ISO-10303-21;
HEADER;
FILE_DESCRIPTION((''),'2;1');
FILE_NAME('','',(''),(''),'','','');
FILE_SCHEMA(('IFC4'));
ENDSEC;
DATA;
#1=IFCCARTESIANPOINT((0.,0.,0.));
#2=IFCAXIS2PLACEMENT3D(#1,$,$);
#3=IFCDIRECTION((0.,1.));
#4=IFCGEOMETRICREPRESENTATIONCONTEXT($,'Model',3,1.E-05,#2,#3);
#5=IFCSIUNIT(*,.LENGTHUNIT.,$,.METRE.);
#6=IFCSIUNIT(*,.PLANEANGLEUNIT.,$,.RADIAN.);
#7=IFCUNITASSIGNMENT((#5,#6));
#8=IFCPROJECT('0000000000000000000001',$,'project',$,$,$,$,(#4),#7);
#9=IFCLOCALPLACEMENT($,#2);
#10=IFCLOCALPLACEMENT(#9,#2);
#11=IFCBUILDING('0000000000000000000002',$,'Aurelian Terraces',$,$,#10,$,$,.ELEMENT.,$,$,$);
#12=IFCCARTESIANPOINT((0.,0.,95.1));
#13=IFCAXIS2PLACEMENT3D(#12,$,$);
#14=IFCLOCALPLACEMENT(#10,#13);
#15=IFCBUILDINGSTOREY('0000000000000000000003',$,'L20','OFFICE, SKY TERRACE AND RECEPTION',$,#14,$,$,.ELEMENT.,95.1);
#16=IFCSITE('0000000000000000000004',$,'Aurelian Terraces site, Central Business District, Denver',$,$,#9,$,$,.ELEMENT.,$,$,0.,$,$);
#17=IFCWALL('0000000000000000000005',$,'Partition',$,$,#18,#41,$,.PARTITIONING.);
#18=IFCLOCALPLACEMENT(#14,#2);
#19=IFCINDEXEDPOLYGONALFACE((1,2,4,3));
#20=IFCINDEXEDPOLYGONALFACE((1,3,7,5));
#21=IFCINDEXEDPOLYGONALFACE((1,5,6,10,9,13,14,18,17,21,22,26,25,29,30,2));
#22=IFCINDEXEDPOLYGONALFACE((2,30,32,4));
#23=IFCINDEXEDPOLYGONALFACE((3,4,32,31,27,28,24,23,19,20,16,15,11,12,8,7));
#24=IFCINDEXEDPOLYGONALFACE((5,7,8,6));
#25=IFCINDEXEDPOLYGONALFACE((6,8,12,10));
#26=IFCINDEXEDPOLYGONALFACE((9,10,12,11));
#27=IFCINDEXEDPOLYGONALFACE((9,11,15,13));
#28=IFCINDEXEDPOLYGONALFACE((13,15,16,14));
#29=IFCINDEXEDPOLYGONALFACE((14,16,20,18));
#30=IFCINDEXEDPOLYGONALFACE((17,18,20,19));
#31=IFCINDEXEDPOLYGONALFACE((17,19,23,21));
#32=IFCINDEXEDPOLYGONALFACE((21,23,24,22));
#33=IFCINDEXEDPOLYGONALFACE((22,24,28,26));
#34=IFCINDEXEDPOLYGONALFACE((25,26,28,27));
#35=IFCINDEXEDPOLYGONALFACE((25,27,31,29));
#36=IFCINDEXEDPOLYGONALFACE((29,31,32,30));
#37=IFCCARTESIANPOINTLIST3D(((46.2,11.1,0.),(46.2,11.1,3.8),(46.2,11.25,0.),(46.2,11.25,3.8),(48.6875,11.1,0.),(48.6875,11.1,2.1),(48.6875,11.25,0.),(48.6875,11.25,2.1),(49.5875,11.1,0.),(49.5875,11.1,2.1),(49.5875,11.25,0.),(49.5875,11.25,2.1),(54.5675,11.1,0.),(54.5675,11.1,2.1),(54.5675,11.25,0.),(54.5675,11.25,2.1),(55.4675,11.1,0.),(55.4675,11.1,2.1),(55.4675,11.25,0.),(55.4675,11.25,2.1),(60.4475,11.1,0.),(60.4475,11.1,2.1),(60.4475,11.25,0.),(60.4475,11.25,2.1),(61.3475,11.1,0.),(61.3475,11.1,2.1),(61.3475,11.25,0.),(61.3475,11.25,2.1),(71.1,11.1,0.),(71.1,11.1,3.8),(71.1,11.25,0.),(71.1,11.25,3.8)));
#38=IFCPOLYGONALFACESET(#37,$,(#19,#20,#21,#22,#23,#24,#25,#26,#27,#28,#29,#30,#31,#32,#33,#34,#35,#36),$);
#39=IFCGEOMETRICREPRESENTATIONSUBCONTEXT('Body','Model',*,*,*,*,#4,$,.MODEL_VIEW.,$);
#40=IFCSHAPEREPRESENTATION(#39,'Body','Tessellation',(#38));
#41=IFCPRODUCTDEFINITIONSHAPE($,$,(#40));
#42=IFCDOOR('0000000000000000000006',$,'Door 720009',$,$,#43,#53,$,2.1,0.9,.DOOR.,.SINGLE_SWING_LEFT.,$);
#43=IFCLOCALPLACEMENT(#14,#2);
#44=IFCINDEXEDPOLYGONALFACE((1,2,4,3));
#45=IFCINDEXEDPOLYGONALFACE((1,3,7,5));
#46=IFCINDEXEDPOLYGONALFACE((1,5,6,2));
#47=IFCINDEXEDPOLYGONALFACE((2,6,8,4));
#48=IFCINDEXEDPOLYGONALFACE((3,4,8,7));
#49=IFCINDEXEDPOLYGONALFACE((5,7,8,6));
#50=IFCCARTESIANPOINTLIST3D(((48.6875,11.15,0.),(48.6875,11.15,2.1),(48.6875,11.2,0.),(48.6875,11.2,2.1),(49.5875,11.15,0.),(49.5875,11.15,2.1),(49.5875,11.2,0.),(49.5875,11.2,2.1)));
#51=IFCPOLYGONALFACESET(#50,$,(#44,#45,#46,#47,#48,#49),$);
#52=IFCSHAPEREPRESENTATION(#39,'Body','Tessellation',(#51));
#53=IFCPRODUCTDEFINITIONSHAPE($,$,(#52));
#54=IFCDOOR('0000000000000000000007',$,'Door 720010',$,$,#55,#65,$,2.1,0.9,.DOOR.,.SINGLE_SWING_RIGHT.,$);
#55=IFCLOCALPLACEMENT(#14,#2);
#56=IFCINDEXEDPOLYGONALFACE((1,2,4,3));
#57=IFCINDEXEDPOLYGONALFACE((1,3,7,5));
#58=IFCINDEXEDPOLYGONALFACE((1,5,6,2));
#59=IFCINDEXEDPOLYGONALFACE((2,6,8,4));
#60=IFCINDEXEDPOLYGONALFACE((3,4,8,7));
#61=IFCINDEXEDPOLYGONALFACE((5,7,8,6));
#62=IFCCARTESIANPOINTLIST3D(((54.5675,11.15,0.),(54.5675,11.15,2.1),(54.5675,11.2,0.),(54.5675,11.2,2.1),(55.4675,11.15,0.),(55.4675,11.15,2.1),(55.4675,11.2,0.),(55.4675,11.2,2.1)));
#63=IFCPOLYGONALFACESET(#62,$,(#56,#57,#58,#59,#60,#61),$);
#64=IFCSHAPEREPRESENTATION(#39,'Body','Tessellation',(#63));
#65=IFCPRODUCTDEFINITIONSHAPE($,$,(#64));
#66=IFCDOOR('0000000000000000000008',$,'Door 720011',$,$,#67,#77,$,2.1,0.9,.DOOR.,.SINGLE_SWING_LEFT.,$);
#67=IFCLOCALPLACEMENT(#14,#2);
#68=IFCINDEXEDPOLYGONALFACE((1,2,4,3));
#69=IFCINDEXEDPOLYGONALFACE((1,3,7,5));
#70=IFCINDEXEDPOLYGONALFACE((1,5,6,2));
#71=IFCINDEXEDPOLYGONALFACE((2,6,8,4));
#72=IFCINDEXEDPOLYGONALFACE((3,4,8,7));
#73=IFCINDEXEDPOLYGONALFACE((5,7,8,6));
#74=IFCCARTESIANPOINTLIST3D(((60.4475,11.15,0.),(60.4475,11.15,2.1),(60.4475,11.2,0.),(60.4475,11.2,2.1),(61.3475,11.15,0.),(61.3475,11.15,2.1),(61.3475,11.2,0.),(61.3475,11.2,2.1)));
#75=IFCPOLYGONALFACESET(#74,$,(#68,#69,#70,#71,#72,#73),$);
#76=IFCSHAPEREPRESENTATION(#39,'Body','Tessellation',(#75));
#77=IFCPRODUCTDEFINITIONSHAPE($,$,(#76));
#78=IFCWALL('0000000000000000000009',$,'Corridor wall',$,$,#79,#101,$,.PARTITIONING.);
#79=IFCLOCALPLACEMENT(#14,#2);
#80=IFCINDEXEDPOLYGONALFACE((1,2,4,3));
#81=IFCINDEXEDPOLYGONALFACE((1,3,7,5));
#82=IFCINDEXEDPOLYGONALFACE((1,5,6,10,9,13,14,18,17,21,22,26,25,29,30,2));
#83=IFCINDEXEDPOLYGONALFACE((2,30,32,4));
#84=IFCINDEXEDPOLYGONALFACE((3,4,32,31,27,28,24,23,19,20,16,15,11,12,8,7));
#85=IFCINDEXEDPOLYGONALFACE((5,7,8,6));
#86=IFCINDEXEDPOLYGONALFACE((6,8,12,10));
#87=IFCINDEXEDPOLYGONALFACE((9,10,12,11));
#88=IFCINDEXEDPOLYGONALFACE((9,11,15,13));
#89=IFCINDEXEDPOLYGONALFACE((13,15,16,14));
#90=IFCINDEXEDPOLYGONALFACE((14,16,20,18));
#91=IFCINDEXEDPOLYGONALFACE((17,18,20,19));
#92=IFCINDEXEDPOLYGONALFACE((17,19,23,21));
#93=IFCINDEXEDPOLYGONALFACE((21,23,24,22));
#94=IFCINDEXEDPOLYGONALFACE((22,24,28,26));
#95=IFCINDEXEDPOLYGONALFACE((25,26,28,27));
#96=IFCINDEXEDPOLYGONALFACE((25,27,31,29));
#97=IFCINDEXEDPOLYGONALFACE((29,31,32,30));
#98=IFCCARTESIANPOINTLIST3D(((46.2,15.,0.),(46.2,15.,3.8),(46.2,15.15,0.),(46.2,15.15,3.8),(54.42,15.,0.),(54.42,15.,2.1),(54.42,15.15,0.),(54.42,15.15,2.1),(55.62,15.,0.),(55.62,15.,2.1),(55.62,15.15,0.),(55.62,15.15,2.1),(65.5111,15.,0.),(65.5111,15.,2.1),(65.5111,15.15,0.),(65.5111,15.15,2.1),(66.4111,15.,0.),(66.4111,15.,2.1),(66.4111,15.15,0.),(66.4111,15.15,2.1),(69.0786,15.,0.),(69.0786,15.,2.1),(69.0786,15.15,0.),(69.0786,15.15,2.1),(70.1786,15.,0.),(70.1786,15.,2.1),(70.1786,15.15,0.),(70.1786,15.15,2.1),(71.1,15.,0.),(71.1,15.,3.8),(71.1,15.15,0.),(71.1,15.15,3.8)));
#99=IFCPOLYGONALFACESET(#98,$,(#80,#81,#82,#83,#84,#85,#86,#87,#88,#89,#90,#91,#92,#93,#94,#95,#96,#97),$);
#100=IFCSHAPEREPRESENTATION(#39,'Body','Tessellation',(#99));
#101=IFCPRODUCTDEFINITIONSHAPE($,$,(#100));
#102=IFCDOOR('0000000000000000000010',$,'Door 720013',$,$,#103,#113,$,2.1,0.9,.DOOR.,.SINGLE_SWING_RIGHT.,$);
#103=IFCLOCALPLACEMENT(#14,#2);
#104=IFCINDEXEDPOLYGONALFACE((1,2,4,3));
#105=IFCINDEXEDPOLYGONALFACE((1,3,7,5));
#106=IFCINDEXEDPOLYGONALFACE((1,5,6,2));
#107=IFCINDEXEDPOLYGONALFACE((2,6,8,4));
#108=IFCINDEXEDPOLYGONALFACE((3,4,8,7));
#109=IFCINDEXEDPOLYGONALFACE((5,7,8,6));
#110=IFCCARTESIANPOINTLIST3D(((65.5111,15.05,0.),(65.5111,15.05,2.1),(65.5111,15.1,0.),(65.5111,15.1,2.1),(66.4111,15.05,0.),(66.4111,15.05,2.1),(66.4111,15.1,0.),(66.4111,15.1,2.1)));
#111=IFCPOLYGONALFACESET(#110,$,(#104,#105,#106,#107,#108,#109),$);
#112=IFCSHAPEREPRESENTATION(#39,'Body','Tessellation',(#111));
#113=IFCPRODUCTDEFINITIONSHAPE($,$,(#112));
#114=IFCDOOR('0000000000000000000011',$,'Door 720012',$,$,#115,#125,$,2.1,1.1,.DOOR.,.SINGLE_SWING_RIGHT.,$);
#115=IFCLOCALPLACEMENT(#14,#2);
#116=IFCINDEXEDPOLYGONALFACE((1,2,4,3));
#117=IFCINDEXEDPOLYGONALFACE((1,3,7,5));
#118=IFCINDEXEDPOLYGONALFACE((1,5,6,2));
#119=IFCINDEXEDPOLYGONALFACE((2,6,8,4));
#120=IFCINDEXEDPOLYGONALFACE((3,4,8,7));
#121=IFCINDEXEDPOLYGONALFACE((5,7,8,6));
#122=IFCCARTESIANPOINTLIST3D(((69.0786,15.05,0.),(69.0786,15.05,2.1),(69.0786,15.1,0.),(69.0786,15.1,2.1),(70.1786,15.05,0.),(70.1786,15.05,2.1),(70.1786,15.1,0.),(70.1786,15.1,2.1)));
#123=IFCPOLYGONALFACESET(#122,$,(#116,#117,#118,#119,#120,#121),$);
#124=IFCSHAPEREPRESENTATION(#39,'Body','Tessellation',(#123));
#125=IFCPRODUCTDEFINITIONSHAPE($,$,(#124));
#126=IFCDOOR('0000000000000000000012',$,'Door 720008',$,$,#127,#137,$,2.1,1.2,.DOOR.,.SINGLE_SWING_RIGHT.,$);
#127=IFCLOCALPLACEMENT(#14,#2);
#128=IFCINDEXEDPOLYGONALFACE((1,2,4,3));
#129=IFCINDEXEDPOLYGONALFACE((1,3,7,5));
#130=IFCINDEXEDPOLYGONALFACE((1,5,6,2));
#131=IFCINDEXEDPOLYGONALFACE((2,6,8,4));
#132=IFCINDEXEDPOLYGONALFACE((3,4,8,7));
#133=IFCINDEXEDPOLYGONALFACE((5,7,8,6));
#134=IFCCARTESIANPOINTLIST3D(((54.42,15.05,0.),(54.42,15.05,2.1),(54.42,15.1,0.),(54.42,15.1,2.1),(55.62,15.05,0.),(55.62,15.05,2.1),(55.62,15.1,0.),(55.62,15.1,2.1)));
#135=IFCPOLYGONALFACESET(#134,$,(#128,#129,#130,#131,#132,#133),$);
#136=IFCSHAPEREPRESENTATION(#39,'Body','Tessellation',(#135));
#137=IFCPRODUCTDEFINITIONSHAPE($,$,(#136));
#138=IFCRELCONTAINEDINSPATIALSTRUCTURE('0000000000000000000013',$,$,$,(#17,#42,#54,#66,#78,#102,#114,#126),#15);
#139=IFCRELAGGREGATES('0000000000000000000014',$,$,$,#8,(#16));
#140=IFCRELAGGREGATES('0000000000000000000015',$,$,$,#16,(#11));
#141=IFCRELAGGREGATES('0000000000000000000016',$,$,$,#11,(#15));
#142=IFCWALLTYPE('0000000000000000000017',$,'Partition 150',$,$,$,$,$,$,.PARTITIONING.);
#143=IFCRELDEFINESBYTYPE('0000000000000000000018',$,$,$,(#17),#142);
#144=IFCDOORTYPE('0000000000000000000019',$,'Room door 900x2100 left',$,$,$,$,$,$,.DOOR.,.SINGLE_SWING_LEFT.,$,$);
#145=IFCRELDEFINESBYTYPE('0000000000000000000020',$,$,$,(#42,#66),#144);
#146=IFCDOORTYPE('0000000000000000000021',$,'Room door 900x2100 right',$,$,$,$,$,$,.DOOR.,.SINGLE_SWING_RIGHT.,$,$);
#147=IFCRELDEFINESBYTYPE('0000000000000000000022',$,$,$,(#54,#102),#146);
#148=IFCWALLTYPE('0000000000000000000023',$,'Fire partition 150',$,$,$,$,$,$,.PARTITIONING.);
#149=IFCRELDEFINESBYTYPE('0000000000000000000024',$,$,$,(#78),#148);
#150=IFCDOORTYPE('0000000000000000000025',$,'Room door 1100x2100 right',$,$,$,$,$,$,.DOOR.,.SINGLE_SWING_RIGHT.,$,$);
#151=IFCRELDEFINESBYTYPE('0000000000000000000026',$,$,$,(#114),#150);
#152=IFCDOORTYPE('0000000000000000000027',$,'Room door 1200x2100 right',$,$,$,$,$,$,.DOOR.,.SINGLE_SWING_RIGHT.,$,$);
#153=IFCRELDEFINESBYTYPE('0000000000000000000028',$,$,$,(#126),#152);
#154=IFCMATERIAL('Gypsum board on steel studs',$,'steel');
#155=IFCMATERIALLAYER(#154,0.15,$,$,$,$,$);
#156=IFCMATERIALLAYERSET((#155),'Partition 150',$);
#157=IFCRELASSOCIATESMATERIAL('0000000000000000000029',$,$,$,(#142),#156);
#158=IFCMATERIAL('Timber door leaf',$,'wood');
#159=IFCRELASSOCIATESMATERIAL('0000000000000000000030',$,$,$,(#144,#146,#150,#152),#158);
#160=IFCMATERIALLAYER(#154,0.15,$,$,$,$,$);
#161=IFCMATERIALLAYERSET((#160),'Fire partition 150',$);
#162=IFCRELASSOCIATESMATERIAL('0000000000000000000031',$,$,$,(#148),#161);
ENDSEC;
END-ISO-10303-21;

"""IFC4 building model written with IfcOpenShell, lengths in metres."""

from ifc_helpers import new_model, si_unit, direction, frame, frame_2d, origin, place, context, subcontext, project, spatial, rectangle, extrude, source, transform, mapped, material, layer, layer_set, type_object, element, fill, save


model = new_model("IFC4")

# Units and contexts
model_context = context("Model", 3, precision=1e-05, world=origin(), true_north=direction((0.0, 1.0)))
body_context = subcontext(model_context, "Body", "Model", "MODEL_VIEW")
ifc_project = project(units=[si_unit("LENGTHUNIT", "METRE"), si_unit("PLANEANGLEUNIT", "RADIAN")], contexts=[model_context])

# Site, building, storey
site_placement = place(None, origin())
site = spatial("IfcSite", under=ifc_project, at=site_placement, Name="Aurelian Terraces site, Central Business District, Denver", CompositionType="ELEMENT", RefElevation=0.0)
building_placement = place(site_placement, origin())
building = spatial("IfcBuilding", under=site, at=building_placement, Name="Aurelian Terraces", CompositionType="ELEMENT")
storey_placement = place(building_placement, frame((0.0, 0.0, 95.1)))
storey = spatial("IfcBuildingStorey", under=building, at=storey_placement, Name="L20", Description="OFFICE, SKY TERRACE AND RECEPTION", CompositionType="ELEMENT", Elevation=95.1)

# Shared definitions
ifc_material_1 = material(Name="Gypsum board on steel studs", Category="steel")
ifc_layer_1 = layer(ifc_material_1, 0.15)
ifc_layer_set_1 = layer_set([ifc_layer_1], Name="Partition 150")
wall_type_1 = type_object("IfcWallType", Name="Partition 150", PredefinedType="PARTITIONING", material=ifc_layer_set_1)

# Walls, openings, doors
shared_shape_1 = source(origin(), body_context, "Body", "SweptSolid", [
    extrude(rectangle(XDim=24.9, YDim=0.15, at=frame_2d((12.45, 0.0))), origin(), (0.0, 0.0, 1.0), 3.8),
])
wall_1_placement = place(storey_placement, frame((71.1, 11.175, 0.0), z_axis=(0.0, 0.0, 1.0), x_axis=(-1.0, 0.0, 0.0)))
wall_1 = element("IfcWall", 1, at=wall_1_placement, inside=storey, type_object=wall_type_1, Name="Partition", PredefinedType="PARTITIONING", context=body_context, shape_type="MappedRepresentation", body=[
    mapped(shared_shape_1, transform((0.0, 0.0, 0.0), scale=1.0)),
])
shared_shape_2 = source(origin(), body_context, "Body", "SweptSolid", [
    extrude(rectangle(XDim=0.9, YDim=2.1, at=frame_2d((0.45, 1.05))), frame((0.0, 0.085, 0.0), z_axis=(0.0, -1.0, 0.0), x_axis=(1.0, 0.0, 0.0)), (0.0, 0.0, 1.0), 0.17),
])
opening_1_placement = place(wall_1_placement, frame((21.5125, 0.0, 0.0)))
opening_1 = element("IfcOpeningElement", 2, at=opening_1_placement, cuts=wall_1, PredefinedType="OPENING", context=body_context, shape_type="MappedRepresentation", body=[
    mapped(shared_shape_2, transform((0.0, 0.0, 0.0), scale=1.0)),
])
opening_2_placement = place(wall_1_placement, frame((15.6325, 0.0, 0.0)))
opening_2 = element("IfcOpeningElement", 3, at=opening_2_placement, cuts=wall_1, PredefinedType="OPENING", context=body_context, shape_type="MappedRepresentation", body=[
    mapped(shared_shape_2, transform((0.0, 0.0, 0.0), scale=1.0)),
])
opening_3_placement = place(wall_1_placement, frame((9.7525, 0.0, 0.0)))
opening_3 = element("IfcOpeningElement", 4, at=opening_3_placement, cuts=wall_1, PredefinedType="OPENING", context=body_context, shape_type="MappedRepresentation", body=[
    mapped(shared_shape_2, transform((0.0, 0.0, 0.0), scale=1.0)),
])
ifc_material_2 = material(Name="Timber door leaf", Category="wood")
door_type_1 = type_object("IfcDoorType", Name="Room door 900x2100 left", OperationType="SINGLE_SWING_LEFT", PredefinedType="DOOR", material=ifc_material_2)
shared_shape_3 = source(origin(), body_context, "Body", "SweptSolid", [
    extrude(rectangle(XDim=0.9, YDim=2.1, at=frame_2d((0.45, 1.05))), frame((0.0, 0.025, 0.0), z_axis=(0.0, -1.0, 0.0), x_axis=(1.0, 0.0, 0.0)), (0.0, 0.0, 1.0), 0.05),
])
door_1_placement = place(opening_1_placement, origin())
door_1 = element("IfcDoor", 5, at=door_1_placement, inside=storey, type_object=door_type_1, Name="Door 720009", OperationType="SINGLE_SWING_LEFT", OverallHeight=2.1, OverallWidth=0.9, PredefinedType="DOOR", context=body_context, shape_type="MappedRepresentation", body=[
    mapped(shared_shape_3, transform((0.0, 0.0, 0.0), scale=1.0)),
])
fill(opening_1, door_1)
door_type_2 = type_object("IfcDoorType", Name="Room door 900x2100 right", OperationType="SINGLE_SWING_RIGHT", PredefinedType="DOOR", material=ifc_material_2)
door_2_placement = place(opening_2_placement, origin())
door_2 = element("IfcDoor", 6, at=door_2_placement, inside=storey, type_object=door_type_2, Name="Door 720010", OperationType="SINGLE_SWING_RIGHT", OverallHeight=2.1, OverallWidth=0.9, PredefinedType="DOOR", context=body_context, shape_type="MappedRepresentation", body=[
    mapped(shared_shape_3, transform((0.0, 0.0, 0.0), scale=1.0)),
])
fill(opening_2, door_2)
door_3_placement = place(opening_3_placement, origin())
door_3 = element("IfcDoor", 7, at=door_3_placement, inside=storey, type_object=door_type_1, Name="Door 720011", OperationType="SINGLE_SWING_LEFT", OverallHeight=2.1, OverallWidth=0.9, PredefinedType="DOOR", context=body_context, shape_type="MappedRepresentation", body=[
    mapped(shared_shape_3, transform((0.0, 0.0, 0.0), scale=1.0)),
])
fill(opening_3, door_3)
ifc_layer_2 = layer(ifc_material_1, 0.15)
ifc_layer_set_2 = layer_set([ifc_layer_2], Name="Fire partition 150")
wall_type_2 = type_object("IfcWallType", Name="Fire partition 150", PredefinedType="PARTITIONING", material=ifc_layer_set_2)
wall_2_placement = place(storey_placement, frame((71.1, 15.075, 0.0), z_axis=(0.0, 0.0, 1.0), x_axis=(-1.0, 0.0, 0.0)))
wall_2 = element("IfcWall", 8, at=wall_2_placement, inside=storey, type_object=wall_type_2, Name="Corridor wall", PredefinedType="PARTITIONING", context=body_context, shape_type="MappedRepresentation", body=[
    mapped(shared_shape_1, transform((0.0, 0.0, 0.0), scale=1.0)),
])
shared_shape_4 = source(origin(), body_context, "Body", "SweptSolid", [
    extrude(rectangle(XDim=1.2, YDim=2.1, at=frame_2d((0.6, 1.05))), frame((0.0, 0.085, 0.0), z_axis=(0.0, -1.0, 0.0), x_axis=(1.0, 0.0, 0.0)), (0.0, 0.0, 1.0), 0.17),
])
opening_4_placement = place(wall_2_placement, frame((15.48, 0.0, 0.0)))
opening_4 = element("IfcOpeningElement", 9, at=opening_4_placement, cuts=wall_2, PredefinedType="OPENING", context=body_context, shape_type="MappedRepresentation", body=[
    mapped(shared_shape_4, transform((0.0, 0.0, 0.0), scale=1.0)),
])
shared_shape_5 = source(origin(), body_context, "Body", "SweptSolid", [
    extrude(rectangle(XDim=1.1, YDim=2.1, at=frame_2d((0.55, 1.05))), frame((0.0, 0.085, 0.0), z_axis=(0.0, -1.0, 0.0), x_axis=(1.0, 0.0, 0.0)), (0.0, 0.0, 1.0), 0.17),
])
opening_5_placement = place(wall_2_placement, frame((0.9214, 0.0, 0.0)))
opening_5 = element("IfcOpeningElement", 10, at=opening_5_placement, cuts=wall_2, PredefinedType="OPENING", context=body_context, shape_type="MappedRepresentation", body=[
    mapped(shared_shape_5, transform((0.0, 0.0, 0.0), scale=1.0)),
])
opening_6_placement = place(wall_2_placement, frame((4.6889, 0.0, 0.0)))
opening_6 = element("IfcOpeningElement", 11, at=opening_6_placement, cuts=wall_2, PredefinedType="OPENING", context=body_context, shape_type="MappedRepresentation", body=[
    mapped(shared_shape_2, transform((0.0, 0.0, 0.0), scale=1.0)),
])
door_4_placement = place(opening_6_placement, origin())
door_4 = element("IfcDoor", 12, at=door_4_placement, inside=storey, type_object=door_type_2, Name="Door 720013", OperationType="SINGLE_SWING_RIGHT", OverallHeight=2.1, OverallWidth=0.9, PredefinedType="DOOR", context=body_context, shape_type="MappedRepresentation", body=[
    mapped(shared_shape_3, transform((0.0, 0.0, 0.0), scale=1.0)),
])
fill(opening_6, door_4)
door_type_3 = type_object("IfcDoorType", Name="Room door 1100x2100 right", OperationType="SINGLE_SWING_RIGHT", PredefinedType="DOOR", material=ifc_material_2)
shared_shape_6 = source(origin(), body_context, "Body", "SweptSolid", [
    extrude(rectangle(XDim=1.1, YDim=2.1, at=frame_2d((0.55, 1.05))), frame((0.0, 0.025, 0.0), z_axis=(0.0, -1.0, 0.0), x_axis=(1.0, 0.0, 0.0)), (0.0, 0.0, 1.0), 0.05),
])
door_5_placement = place(opening_5_placement, origin())
door_5 = element("IfcDoor", 13, at=door_5_placement, inside=storey, type_object=door_type_3, Name="Door 720012", OperationType="SINGLE_SWING_RIGHT", OverallHeight=2.1, OverallWidth=1.1, PredefinedType="DOOR", context=body_context, shape_type="MappedRepresentation", body=[
    mapped(shared_shape_6, transform((0.0, 0.0, 0.0), scale=1.0)),
])
fill(opening_5, door_5)
door_type_4 = type_object("IfcDoorType", Name="Room door 1200x2100 right", OperationType="SINGLE_SWING_RIGHT", PredefinedType="DOOR", material=ifc_material_2)
shared_shape_7 = source(origin(), body_context, "Body", "SweptSolid", [
    extrude(rectangle(XDim=1.2, YDim=2.1, at=frame_2d((0.6, 1.05))), frame((0.0, 0.025, 0.0), z_axis=(0.0, -1.0, 0.0), x_axis=(1.0, 0.0, 0.0)), (0.0, 0.0, 1.0), 0.05),
])
door_6_placement = place(opening_4_placement, origin())
door_6 = element("IfcDoor", 14, at=door_6_placement, inside=storey, type_object=door_type_4, Name="Door 720008", OperationType="SINGLE_SWING_RIGHT", OverallHeight=2.1, OverallWidth=1.2, PredefinedType="DOOR", context=body_context, shape_type="MappedRepresentation", body=[
    mapped(shared_shape_7, transform((0.0, 0.0, 0.0), scale=1.0)),
])
fill(opening_4, door_6)

save(model, "model.ifc")
